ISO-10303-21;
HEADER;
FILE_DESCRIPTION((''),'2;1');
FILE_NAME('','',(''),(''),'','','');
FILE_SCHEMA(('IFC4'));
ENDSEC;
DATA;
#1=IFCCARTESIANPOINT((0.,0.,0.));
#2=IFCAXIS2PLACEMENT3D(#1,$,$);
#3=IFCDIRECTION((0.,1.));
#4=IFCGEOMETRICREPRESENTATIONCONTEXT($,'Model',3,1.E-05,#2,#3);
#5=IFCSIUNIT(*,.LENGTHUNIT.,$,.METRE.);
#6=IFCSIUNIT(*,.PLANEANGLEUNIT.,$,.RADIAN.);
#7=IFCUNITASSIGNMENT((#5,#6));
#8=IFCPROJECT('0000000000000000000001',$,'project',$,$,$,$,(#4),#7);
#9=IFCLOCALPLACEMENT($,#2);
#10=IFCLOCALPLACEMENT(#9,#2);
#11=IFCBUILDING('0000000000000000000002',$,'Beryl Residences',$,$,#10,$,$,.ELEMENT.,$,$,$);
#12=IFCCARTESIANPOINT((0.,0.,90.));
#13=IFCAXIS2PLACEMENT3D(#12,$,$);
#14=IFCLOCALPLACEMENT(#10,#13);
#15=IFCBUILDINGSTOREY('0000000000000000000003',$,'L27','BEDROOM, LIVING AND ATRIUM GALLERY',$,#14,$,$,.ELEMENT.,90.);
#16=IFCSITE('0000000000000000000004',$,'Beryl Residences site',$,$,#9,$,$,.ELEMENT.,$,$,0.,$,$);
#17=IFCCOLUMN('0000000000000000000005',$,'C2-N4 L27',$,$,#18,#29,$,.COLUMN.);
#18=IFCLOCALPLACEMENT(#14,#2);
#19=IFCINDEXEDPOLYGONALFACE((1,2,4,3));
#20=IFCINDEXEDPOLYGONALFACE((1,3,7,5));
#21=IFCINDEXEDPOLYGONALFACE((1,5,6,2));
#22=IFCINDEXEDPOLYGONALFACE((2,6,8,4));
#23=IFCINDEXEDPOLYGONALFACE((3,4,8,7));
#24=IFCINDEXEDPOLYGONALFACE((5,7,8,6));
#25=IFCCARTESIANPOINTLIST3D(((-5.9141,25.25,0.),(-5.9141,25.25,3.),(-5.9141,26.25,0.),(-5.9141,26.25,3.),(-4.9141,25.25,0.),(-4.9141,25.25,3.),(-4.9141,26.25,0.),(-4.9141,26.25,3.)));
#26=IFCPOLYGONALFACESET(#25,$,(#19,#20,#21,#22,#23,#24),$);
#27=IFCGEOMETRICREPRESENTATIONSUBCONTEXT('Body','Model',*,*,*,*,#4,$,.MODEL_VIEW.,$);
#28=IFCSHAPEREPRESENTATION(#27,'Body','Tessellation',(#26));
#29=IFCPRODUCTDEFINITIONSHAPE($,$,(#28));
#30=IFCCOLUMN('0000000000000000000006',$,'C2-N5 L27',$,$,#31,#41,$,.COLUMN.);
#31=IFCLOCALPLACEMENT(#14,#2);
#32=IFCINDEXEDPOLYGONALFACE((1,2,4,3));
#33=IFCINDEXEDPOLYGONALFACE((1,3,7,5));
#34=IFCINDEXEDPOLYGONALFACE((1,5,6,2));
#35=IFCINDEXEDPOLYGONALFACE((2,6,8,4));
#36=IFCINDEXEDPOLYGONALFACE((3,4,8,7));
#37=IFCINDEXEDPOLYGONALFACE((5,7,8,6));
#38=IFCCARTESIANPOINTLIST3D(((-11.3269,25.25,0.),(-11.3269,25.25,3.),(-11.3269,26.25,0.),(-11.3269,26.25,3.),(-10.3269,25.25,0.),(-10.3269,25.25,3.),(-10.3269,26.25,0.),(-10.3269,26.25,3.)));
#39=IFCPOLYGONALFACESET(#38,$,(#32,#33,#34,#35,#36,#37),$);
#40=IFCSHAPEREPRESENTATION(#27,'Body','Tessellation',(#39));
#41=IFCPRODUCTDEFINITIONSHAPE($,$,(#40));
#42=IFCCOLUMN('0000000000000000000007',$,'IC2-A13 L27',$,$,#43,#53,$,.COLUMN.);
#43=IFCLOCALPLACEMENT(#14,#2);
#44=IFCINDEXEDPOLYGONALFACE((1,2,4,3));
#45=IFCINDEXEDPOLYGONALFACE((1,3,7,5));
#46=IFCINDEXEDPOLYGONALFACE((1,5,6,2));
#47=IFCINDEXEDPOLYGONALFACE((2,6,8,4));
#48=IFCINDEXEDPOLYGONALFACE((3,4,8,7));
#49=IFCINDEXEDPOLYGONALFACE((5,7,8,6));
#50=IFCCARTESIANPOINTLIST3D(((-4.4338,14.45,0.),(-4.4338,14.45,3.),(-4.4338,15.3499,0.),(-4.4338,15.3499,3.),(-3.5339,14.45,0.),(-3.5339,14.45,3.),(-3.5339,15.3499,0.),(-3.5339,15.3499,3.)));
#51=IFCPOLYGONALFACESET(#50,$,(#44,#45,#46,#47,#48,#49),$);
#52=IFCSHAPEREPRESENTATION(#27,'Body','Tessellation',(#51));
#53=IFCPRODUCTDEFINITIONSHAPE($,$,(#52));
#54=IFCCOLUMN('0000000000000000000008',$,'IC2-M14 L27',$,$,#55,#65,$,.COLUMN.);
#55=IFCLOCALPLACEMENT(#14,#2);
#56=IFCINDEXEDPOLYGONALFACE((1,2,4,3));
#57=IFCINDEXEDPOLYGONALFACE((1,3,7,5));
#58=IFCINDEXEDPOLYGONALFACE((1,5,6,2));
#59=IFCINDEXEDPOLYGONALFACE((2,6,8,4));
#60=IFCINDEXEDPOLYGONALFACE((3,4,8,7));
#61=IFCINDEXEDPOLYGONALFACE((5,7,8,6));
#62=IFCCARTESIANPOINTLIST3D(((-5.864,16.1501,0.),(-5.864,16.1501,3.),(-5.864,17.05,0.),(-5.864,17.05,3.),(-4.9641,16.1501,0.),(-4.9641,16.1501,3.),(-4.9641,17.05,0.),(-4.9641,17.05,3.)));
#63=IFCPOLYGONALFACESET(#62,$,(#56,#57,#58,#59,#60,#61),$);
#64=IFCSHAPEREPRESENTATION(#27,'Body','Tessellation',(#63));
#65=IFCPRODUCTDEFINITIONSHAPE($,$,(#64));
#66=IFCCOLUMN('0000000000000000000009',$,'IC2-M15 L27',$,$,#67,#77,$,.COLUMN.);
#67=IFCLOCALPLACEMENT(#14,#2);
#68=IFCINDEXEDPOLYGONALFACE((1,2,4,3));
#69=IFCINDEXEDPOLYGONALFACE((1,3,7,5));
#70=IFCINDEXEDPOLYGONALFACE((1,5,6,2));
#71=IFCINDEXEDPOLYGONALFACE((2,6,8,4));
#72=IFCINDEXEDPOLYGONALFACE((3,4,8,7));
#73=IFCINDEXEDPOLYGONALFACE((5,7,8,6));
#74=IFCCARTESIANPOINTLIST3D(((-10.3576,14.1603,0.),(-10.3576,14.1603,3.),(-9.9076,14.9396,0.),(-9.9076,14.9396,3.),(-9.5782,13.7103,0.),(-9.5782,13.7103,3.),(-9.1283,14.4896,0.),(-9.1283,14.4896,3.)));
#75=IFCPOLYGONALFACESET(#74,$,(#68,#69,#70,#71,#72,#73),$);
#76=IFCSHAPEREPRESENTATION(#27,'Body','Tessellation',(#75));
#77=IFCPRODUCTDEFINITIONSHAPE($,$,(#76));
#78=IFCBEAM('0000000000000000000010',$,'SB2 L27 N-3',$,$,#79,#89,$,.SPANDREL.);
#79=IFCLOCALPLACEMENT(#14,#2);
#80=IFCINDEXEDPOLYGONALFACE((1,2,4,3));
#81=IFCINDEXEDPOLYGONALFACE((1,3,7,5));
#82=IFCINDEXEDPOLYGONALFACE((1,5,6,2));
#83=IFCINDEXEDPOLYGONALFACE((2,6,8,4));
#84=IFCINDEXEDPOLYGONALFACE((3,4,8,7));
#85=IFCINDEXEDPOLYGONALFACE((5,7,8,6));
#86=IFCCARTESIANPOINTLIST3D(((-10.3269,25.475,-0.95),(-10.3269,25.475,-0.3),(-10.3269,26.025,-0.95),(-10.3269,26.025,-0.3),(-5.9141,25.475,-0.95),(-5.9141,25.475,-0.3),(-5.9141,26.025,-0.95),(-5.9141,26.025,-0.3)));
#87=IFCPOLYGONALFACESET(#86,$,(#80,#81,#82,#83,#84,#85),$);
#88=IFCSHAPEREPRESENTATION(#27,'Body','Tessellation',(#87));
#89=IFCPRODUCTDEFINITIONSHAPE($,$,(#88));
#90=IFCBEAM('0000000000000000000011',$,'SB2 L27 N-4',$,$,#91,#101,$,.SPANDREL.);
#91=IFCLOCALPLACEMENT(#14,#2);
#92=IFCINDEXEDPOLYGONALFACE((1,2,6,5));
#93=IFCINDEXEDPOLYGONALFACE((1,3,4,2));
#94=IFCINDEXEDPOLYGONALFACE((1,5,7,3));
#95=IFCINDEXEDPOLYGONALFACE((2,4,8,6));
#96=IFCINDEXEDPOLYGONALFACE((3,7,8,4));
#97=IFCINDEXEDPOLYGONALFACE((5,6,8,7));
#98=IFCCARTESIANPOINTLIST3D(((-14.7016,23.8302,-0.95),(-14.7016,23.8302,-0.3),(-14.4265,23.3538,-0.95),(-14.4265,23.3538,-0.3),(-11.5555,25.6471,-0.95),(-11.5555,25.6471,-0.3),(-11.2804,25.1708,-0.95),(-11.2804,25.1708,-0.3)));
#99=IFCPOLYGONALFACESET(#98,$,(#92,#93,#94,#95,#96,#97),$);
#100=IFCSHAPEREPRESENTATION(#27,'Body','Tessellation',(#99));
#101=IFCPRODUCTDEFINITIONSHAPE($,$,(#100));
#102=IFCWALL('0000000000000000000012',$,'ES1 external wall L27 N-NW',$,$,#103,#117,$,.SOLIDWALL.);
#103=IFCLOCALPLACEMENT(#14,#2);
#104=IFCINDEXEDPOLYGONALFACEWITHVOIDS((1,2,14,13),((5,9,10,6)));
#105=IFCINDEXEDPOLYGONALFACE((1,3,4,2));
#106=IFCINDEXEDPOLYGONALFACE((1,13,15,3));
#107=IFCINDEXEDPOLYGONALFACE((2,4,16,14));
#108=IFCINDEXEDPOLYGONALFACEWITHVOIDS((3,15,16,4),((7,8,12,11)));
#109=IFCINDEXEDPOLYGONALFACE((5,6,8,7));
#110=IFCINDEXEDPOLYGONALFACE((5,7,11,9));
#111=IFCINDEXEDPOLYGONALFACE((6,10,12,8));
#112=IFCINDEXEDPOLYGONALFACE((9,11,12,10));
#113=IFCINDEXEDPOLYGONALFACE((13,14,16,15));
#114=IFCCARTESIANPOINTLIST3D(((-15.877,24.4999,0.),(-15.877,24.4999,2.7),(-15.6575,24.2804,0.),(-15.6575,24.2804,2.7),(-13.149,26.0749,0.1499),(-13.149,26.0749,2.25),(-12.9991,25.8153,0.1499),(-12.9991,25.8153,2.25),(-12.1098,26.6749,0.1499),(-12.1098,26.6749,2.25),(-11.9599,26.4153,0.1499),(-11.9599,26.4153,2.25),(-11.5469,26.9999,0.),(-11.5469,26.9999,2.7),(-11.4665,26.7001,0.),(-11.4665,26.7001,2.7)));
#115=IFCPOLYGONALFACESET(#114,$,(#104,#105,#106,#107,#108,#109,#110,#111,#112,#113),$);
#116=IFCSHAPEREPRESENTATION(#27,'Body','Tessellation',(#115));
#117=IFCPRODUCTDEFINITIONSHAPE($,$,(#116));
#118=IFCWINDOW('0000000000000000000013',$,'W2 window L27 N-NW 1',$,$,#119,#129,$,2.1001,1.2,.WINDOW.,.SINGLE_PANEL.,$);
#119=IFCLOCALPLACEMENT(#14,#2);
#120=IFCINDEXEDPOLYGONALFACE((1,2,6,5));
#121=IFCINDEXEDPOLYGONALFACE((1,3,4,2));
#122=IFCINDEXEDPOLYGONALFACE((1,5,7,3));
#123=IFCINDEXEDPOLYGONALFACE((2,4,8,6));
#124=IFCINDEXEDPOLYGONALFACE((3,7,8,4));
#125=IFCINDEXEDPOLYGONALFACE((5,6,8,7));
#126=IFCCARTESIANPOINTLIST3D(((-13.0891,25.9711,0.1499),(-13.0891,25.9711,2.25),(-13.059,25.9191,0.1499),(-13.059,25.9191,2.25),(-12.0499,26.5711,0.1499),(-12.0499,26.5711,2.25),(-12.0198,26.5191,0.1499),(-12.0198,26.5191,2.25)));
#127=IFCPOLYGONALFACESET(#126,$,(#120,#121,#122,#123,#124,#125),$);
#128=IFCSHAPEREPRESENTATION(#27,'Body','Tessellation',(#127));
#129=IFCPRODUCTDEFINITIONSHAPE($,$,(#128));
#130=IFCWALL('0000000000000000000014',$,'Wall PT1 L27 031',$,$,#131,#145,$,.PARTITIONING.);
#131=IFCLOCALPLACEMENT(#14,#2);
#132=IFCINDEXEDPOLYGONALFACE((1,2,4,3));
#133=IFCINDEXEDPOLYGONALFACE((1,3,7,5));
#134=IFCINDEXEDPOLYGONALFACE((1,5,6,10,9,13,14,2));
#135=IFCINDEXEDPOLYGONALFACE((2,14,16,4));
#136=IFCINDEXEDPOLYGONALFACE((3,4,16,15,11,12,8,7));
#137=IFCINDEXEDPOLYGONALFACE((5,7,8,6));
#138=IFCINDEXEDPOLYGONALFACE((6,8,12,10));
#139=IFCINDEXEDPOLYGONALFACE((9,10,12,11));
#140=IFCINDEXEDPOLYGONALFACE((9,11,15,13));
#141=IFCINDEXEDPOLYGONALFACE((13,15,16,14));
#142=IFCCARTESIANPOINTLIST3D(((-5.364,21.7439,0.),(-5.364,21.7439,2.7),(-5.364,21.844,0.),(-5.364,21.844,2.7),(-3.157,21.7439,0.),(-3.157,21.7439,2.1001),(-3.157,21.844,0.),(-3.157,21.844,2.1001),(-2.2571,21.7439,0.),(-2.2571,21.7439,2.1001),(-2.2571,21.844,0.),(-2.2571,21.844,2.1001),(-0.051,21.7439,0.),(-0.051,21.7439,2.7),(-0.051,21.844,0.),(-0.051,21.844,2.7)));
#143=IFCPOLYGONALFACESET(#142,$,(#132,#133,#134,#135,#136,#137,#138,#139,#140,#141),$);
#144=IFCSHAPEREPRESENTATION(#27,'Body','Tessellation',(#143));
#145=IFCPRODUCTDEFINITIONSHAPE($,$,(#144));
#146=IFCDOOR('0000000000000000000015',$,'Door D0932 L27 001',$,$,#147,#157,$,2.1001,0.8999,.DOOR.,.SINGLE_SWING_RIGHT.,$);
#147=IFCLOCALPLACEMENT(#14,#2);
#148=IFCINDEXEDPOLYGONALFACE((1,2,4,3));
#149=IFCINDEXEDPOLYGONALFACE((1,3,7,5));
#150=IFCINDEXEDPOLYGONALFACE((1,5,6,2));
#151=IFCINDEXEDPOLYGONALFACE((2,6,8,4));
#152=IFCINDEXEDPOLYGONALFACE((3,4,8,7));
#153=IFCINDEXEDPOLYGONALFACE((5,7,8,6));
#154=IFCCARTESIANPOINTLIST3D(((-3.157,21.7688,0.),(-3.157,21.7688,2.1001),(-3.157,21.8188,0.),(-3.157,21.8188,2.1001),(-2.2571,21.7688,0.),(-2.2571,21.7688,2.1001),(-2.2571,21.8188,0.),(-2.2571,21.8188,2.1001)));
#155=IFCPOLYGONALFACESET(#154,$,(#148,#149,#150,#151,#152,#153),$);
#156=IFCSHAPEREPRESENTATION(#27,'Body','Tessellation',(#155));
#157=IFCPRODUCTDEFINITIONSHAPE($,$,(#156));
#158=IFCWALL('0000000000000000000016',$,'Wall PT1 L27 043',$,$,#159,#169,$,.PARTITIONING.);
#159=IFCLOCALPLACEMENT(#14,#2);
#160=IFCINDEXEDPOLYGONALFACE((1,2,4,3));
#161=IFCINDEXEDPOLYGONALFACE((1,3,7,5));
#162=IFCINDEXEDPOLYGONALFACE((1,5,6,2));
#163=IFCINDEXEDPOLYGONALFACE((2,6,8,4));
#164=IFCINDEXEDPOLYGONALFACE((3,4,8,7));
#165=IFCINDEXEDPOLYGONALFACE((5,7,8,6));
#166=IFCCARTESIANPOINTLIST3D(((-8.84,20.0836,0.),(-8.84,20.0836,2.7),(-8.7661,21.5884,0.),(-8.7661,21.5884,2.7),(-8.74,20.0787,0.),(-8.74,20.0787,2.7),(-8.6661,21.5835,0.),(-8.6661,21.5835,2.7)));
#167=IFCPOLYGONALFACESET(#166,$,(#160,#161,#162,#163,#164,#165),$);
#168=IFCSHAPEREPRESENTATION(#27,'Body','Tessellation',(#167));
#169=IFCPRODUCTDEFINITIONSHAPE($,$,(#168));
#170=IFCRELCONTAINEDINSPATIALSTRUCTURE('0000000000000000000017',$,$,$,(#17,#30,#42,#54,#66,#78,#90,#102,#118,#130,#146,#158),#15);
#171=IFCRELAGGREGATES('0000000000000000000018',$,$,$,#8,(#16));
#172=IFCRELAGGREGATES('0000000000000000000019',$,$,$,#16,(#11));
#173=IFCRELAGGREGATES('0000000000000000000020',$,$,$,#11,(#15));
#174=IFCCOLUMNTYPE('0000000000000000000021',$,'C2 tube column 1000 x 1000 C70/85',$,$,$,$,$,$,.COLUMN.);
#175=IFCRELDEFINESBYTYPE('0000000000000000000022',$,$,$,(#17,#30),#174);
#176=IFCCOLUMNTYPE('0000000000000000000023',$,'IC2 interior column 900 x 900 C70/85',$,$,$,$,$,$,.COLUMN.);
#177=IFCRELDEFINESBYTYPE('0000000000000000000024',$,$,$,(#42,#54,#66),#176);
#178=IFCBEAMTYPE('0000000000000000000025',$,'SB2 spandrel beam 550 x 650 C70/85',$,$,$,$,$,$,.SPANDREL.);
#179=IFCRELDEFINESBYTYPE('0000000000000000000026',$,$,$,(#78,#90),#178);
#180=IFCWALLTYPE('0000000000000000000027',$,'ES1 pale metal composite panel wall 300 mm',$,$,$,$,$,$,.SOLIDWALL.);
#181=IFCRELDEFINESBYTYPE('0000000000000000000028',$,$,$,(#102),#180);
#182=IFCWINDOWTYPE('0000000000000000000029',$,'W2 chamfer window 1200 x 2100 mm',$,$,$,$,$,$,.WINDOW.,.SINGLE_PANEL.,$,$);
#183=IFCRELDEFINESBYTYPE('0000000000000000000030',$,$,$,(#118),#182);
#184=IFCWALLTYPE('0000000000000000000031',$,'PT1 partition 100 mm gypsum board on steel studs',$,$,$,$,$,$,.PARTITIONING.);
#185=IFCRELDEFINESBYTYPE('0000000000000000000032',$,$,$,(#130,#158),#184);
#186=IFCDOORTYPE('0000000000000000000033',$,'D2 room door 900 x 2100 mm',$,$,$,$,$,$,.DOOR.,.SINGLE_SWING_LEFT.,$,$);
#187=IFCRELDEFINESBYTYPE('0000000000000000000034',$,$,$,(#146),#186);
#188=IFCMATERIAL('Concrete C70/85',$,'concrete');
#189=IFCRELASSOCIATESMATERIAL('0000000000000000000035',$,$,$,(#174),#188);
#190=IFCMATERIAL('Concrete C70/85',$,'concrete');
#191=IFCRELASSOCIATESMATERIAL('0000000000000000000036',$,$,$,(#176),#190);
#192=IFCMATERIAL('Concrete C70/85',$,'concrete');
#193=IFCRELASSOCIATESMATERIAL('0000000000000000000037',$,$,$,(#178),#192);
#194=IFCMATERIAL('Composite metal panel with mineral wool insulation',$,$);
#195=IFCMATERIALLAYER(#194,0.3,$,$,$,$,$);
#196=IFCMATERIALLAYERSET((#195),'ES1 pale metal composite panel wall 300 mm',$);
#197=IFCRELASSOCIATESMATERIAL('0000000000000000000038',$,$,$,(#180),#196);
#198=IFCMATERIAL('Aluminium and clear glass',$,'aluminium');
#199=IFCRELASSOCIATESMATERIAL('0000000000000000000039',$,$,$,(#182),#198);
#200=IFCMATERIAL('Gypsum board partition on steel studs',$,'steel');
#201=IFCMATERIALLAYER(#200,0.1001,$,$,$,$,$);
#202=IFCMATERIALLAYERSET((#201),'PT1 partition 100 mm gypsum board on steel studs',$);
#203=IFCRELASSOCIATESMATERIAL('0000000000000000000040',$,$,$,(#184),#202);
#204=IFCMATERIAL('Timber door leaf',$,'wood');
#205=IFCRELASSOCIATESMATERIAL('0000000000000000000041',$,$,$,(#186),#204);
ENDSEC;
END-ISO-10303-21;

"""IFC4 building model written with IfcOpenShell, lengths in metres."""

from ifc_helpers import new_model, si_unit, direction, frame, frame_2d, origin, origin_2d, place, context, subcontext, project, spatial, polyline, rectangle, outline, extrude, material, layer, layer_set, material_profile, profile_set, type_object, element, fill, save


model = new_model("IFC4")

# Units and contexts
model_context = context("Model", 3, precision=1e-05, world=origin(), true_north=direction((0.0, 1.0)))
body_context = subcontext(model_context, "Body", "Model", "MODEL_VIEW")
ifc_project = project(units=[si_unit("LENGTHUNIT", "METRE"), si_unit("PLANEANGLEUNIT", "RADIAN")], contexts=[model_context])

# Site, building, storey
site_placement = place(None, origin())
site = spatial("IfcSite", under=ifc_project, at=site_placement, Name="Beryl Residences site", CompositionType="ELEMENT", RefElevation=0.0)
building_placement = place(site_placement, origin())
building = spatial("IfcBuilding", under=site, at=building_placement, Name="Beryl Residences", CompositionType="ELEMENT")
storey_placement = place(building_placement, frame((0.0, 0.0, 90.0)))
storey = spatial("IfcBuildingStorey", under=building, at=storey_placement, Name="L27", Description="BEDROOM, LIVING AND ATRIUM GALLERY", CompositionType="ELEMENT", Elevation=90.0)

# Columns
ifc_material_1 = material(Name="Concrete C70/85", Category="concrete")
ifc_material_profile_1 = material_profile(ifc_material_1, rectangle(XDim=1.0, YDim=1.0, at=origin_2d()))
ifc_profile_set_1 = profile_set([ifc_material_profile_1], Name="Concrete C70/85")
column_type_1 = type_object("IfcColumnType", Name="C2 tube column 1000 x 1000 C70/85", PredefinedType="COLUMN", material=ifc_profile_set_1)
for number, where, z_axis, x_axis, name in (
    (1, (-5.4141, 25.75, 0.0), (0.0, 0.0, 1.0), (-1.0, 0.0, 0.0), "C2-N4 L27"),
    (2, (-10.8269, 25.75, 0.0), (0.0, 0.0, 1.0), (-1.0, 0.0, 0.0), "C2-N5 L27"),
):
    element("IfcColumn", number, at=place(storey_placement, frame(where, z_axis=z_axis, x_axis=x_axis)), inside=storey, type_object=column_type_1, Name=name, PredefinedType="COLUMN", context=body_context, shape_type="SweptSolid", body=[
        extrude(rectangle(XDim=1.0, YDim=1.0, at=origin_2d()), origin(), (0.0, 0.0, 1.0), 3.0),
    ])
ifc_material_2 = material(Name="Concrete C70/85", Category="concrete")
ifc_material_profile_2 = material_profile(ifc_material_2, rectangle(XDim=0.8999, YDim=0.8999, at=origin_2d()))
ifc_profile_set_2 = profile_set([ifc_material_profile_2], Name="Concrete C70/85")
column_type_2 = type_object("IfcColumnType", Name="IC2 interior column 900 x 900 C70/85", PredefinedType="COLUMN", material=ifc_profile_set_2)
for number, where, z_axis, x_axis, name in (
    (3, (-3.9839, 14.8999, 0.0), (0.0, 0.0, 1.0), (1.0, 0.0, 0.0), "IC2-A13 L27"),
    (4, (-5.4141, 16.6001, 0.0), (0.0, 0.0, 1.0), (-1.0, 0.0, 0.0), "IC2-M14 L27"),
    (5, (-9.7429, 14.325, 0.0), (0.0, 0.0, 1.0), (-0.5, -0.866025, 0.0), "IC2-M15 L27"),
):
    element("IfcColumn", number, at=place(storey_placement, frame(where, z_axis=z_axis, x_axis=x_axis)), inside=storey, type_object=column_type_2, Name=name, PredefinedType="COLUMN", context=body_context, shape_type="SweptSolid", body=[
        extrude(rectangle(XDim=0.8999, YDim=0.8999, at=origin_2d()), origin(), (0.0, 0.0, 1.0), 3.0),
    ])

# Beams
ifc_material_3 = material(Name="Concrete C70/85", Category="concrete")
ifc_material_profile_3 = material_profile(ifc_material_3, rectangle(XDim=0.55, YDim=0.6499, at=origin_2d()))
ifc_profile_set_3 = profile_set([ifc_material_profile_3], Name="Concrete C70/85")
beam_type = type_object("IfcBeamType", Name="SB2 spandrel beam 550 x 650 C70/85", PredefinedType="SPANDREL", material=ifc_profile_set_3)
beam_1_placement = place(storey_placement, frame((-5.9141, 25.75, -0.625), z_axis=(-1.0, 0.0, 0.0), x_axis=(0.0, -1.0, 0.0)))
element("IfcBeam", 6, at=beam_1_placement, inside=storey, type_object=beam_type, Name="SB2 L27 N-3", PredefinedType="SPANDREL", context=body_context, shape_type="SweptSolid", body=[
    extrude(rectangle(XDim=0.55, YDim=0.6499, at=origin_2d()), origin(), (0.0, 0.0, 1.0), 4.4128),
])
beam_2_placement = place(storey_placement, frame((-11.418, 25.4089, -0.625), z_axis=(-0.86596, -0.500114, 0.0), x_axis=(0.500114, -0.86596, 0.0)))
element("IfcBeam", 7, at=beam_2_placement, inside=storey, type_object=beam_type, Name="SB2 L27 N-4", PredefinedType="SPANDREL", context=body_context, shape_type="SweptSolid", body=[
    extrude(rectangle(XDim=0.55, YDim=0.6499, at=origin_2d()), origin(), (0.0, 0.0, 1.0), 3.6331),
])

# Wall, opening, window
ifc_material_4 = material(Name="Composite metal panel with mineral wool insulation")
ifc_layer_1 = layer(ifc_material_4, 0.3)
ifc_layer_set_1 = layer_set([ifc_layer_1], Name="ES1 pale metal composite panel wall 300 mm")
wall_type_1 = type_object("IfcWallType", Name="ES1 pale metal composite panel wall 300 mm", PredefinedType="SOLIDWALL", material=ifc_layer_set_1)
wall_1_placement = place(storey_placement, frame((-11.4719, 26.8701, 0.0), z_axis=(0.0, 0.0, 1.0), x_axis=(-0.866023, -0.500004, 0.0)))
wall_1 = element("IfcWall", 8, at=wall_1_placement, inside=storey, type_object=wall_type_1, Name="ES1 external wall L27 N-NW", PredefinedType="SOLIDWALL", context=body_context, shape_type="SweptSolid", body=[
    extrude(outline(polyline([(0.0, -0.1499), (5.0, -0.1499), (4.9197, 0.1499), (0.0803, 0.1499), (0.0, -0.1499)])), origin(), (0.0, 0.0, 1.0), 2.7),
])
opening_1_placement = place(wall_1_placement, frame((0.6499, 0.0, 0.1499)))
opening_1 = element("IfcOpeningElement", 9, at=opening_1_placement, cuts=wall_1, PredefinedType="OPENING", context=body_context, shape_type="SweptSolid", body=[
    extrude(rectangle(XDim=1.2, YDim=2.1001, at=frame_2d((0.6001, 1.05))), frame((0.0, 0.1599, 0.0), z_axis=(0.0, -1.0, 0.0), x_axis=(1.0, 0.0, 0.0)), (0.0, 0.0, 1.0), 0.3201),
])
ifc_material_5 = material(Name="Aluminium and clear glass", Category="aluminium")
window_type = type_object("IfcWindowType", Name="W2 chamfer window 1200 x 2100 mm", PartitioningType="SINGLE_PANEL", PredefinedType="WINDOW", material=ifc_material_5)
window_placement = place(opening_1_placement, origin())
window = element("IfcWindow", 10, at=window_placement, inside=storey, type_object=window_type, Name="W2 window L27 N-NW 1", OverallHeight=2.1001, OverallWidth=1.2, PartitioningType="SINGLE_PANEL", PredefinedType="WINDOW", context=body_context, shape_type="SweptSolid", body=[
    extrude(rectangle(XDim=1.2, YDim=2.1001, at=frame_2d((0.6001, 1.05))), frame((0.0, 0.03, 0.0), z_axis=(0.0, -1.0, 0.0), x_axis=(1.0, 0.0, 0.0)), (0.0, 0.0, 1.0), 0.0601),
])
fill(opening_1, window)

# Wall, opening, door
ifc_material_6 = material(Name="Gypsum board partition on steel studs", Category="steel")
ifc_layer_2 = layer(ifc_material_6, 0.1001)
ifc_layer_set_2 = layer_set([ifc_layer_2], Name="PT1 partition 100 mm gypsum board on steel studs")
wall_type_2 = type_object("IfcWallType", Name="PT1 partition 100 mm gypsum board on steel studs", PredefinedType="PARTITIONING", material=ifc_layer_set_2)
wall_2_placement = place(storey_placement, frame((-5.364, 21.7939, 0.0), z_axis=(0.0, 0.0, 1.0), x_axis=(1.0, 0.0, 0.0)))
wall_2 = element("IfcWall", 11, at=wall_2_placement, inside=storey, type_object=wall_type_2, Name="Wall PT1 L27 031", PredefinedType="PARTITIONING", context=body_context, shape_type="SweptSolid", body=[
    extrude(rectangle(XDim=5.313, YDim=0.1001, at=frame_2d((2.6565, 0.0))), origin(), (0.0, 0.0, 1.0), 2.7),
])
opening_2_placement = place(wall_2_placement, frame((2.207, 0.0, 0.0)))
opening_2 = element("IfcOpeningElement", 12, at=opening_2_placement, cuts=wall_2, PredefinedType="OPENING", context=body_context, shape_type="SweptSolid", body=[
    extrude(rectangle(XDim=0.8999, YDim=2.1001, at=frame_2d((0.45, 1.05))), frame((0.0, 0.0601, 0.0), z_axis=(0.0, -1.0, 0.0), x_axis=(1.0, 0.0, 0.0)), (0.0, 0.0, 1.0), 0.1201),
])
ifc_material_7 = material(Name="Timber door leaf", Category="wood")
door_type_1 = type_object("IfcDoorType", Name="D2 room door 900 x 2100 mm", OperationType="SINGLE_SWING_LEFT", PredefinedType="DOOR", material=ifc_material_7)
door_1_placement = place(opening_2_placement, origin())
door_1 = element("IfcDoor", 13, at=door_1_placement, inside=storey, type_object=door_type_1, Name="Door D0932 L27 001", OperationType="SINGLE_SWING_RIGHT", OverallHeight=2.1001, OverallWidth=0.8999, PredefinedType="DOOR", context=body_context, shape_type="SweptSolid", body=[
    extrude(rectangle(XDim=0.8999, YDim=2.1001, at=frame_2d((0.45, 1.05))), frame((0.0, 0.0249, 0.0), z_axis=(0.0, -1.0, 0.0), x_axis=(1.0, 0.0, 0.0)), (0.0, 0.0, 1.0), 0.05),
])
fill(opening_2, door_1)

# Wall
wall_3_placement = place(storey_placement, frame((-8.79, 20.0811, 0.0), z_axis=(0.0, 0.0, 1.0), x_axis=(0.049097, 0.998794, 0.0)))
element("IfcWall", 14, at=wall_3_placement, inside=storey, type_object=wall_type_2, Name="Wall PT1 L27 043", PredefinedType="PARTITIONING", context=body_context, shape_type="SweptSolid", body=[
    extrude(rectangle(XDim=1.5066, YDim=0.1001, at=frame_2d((0.7534, 0.0))), origin(), (0.0, 0.0, 1.0), 2.7),
])

save(model, "model.ifc")
